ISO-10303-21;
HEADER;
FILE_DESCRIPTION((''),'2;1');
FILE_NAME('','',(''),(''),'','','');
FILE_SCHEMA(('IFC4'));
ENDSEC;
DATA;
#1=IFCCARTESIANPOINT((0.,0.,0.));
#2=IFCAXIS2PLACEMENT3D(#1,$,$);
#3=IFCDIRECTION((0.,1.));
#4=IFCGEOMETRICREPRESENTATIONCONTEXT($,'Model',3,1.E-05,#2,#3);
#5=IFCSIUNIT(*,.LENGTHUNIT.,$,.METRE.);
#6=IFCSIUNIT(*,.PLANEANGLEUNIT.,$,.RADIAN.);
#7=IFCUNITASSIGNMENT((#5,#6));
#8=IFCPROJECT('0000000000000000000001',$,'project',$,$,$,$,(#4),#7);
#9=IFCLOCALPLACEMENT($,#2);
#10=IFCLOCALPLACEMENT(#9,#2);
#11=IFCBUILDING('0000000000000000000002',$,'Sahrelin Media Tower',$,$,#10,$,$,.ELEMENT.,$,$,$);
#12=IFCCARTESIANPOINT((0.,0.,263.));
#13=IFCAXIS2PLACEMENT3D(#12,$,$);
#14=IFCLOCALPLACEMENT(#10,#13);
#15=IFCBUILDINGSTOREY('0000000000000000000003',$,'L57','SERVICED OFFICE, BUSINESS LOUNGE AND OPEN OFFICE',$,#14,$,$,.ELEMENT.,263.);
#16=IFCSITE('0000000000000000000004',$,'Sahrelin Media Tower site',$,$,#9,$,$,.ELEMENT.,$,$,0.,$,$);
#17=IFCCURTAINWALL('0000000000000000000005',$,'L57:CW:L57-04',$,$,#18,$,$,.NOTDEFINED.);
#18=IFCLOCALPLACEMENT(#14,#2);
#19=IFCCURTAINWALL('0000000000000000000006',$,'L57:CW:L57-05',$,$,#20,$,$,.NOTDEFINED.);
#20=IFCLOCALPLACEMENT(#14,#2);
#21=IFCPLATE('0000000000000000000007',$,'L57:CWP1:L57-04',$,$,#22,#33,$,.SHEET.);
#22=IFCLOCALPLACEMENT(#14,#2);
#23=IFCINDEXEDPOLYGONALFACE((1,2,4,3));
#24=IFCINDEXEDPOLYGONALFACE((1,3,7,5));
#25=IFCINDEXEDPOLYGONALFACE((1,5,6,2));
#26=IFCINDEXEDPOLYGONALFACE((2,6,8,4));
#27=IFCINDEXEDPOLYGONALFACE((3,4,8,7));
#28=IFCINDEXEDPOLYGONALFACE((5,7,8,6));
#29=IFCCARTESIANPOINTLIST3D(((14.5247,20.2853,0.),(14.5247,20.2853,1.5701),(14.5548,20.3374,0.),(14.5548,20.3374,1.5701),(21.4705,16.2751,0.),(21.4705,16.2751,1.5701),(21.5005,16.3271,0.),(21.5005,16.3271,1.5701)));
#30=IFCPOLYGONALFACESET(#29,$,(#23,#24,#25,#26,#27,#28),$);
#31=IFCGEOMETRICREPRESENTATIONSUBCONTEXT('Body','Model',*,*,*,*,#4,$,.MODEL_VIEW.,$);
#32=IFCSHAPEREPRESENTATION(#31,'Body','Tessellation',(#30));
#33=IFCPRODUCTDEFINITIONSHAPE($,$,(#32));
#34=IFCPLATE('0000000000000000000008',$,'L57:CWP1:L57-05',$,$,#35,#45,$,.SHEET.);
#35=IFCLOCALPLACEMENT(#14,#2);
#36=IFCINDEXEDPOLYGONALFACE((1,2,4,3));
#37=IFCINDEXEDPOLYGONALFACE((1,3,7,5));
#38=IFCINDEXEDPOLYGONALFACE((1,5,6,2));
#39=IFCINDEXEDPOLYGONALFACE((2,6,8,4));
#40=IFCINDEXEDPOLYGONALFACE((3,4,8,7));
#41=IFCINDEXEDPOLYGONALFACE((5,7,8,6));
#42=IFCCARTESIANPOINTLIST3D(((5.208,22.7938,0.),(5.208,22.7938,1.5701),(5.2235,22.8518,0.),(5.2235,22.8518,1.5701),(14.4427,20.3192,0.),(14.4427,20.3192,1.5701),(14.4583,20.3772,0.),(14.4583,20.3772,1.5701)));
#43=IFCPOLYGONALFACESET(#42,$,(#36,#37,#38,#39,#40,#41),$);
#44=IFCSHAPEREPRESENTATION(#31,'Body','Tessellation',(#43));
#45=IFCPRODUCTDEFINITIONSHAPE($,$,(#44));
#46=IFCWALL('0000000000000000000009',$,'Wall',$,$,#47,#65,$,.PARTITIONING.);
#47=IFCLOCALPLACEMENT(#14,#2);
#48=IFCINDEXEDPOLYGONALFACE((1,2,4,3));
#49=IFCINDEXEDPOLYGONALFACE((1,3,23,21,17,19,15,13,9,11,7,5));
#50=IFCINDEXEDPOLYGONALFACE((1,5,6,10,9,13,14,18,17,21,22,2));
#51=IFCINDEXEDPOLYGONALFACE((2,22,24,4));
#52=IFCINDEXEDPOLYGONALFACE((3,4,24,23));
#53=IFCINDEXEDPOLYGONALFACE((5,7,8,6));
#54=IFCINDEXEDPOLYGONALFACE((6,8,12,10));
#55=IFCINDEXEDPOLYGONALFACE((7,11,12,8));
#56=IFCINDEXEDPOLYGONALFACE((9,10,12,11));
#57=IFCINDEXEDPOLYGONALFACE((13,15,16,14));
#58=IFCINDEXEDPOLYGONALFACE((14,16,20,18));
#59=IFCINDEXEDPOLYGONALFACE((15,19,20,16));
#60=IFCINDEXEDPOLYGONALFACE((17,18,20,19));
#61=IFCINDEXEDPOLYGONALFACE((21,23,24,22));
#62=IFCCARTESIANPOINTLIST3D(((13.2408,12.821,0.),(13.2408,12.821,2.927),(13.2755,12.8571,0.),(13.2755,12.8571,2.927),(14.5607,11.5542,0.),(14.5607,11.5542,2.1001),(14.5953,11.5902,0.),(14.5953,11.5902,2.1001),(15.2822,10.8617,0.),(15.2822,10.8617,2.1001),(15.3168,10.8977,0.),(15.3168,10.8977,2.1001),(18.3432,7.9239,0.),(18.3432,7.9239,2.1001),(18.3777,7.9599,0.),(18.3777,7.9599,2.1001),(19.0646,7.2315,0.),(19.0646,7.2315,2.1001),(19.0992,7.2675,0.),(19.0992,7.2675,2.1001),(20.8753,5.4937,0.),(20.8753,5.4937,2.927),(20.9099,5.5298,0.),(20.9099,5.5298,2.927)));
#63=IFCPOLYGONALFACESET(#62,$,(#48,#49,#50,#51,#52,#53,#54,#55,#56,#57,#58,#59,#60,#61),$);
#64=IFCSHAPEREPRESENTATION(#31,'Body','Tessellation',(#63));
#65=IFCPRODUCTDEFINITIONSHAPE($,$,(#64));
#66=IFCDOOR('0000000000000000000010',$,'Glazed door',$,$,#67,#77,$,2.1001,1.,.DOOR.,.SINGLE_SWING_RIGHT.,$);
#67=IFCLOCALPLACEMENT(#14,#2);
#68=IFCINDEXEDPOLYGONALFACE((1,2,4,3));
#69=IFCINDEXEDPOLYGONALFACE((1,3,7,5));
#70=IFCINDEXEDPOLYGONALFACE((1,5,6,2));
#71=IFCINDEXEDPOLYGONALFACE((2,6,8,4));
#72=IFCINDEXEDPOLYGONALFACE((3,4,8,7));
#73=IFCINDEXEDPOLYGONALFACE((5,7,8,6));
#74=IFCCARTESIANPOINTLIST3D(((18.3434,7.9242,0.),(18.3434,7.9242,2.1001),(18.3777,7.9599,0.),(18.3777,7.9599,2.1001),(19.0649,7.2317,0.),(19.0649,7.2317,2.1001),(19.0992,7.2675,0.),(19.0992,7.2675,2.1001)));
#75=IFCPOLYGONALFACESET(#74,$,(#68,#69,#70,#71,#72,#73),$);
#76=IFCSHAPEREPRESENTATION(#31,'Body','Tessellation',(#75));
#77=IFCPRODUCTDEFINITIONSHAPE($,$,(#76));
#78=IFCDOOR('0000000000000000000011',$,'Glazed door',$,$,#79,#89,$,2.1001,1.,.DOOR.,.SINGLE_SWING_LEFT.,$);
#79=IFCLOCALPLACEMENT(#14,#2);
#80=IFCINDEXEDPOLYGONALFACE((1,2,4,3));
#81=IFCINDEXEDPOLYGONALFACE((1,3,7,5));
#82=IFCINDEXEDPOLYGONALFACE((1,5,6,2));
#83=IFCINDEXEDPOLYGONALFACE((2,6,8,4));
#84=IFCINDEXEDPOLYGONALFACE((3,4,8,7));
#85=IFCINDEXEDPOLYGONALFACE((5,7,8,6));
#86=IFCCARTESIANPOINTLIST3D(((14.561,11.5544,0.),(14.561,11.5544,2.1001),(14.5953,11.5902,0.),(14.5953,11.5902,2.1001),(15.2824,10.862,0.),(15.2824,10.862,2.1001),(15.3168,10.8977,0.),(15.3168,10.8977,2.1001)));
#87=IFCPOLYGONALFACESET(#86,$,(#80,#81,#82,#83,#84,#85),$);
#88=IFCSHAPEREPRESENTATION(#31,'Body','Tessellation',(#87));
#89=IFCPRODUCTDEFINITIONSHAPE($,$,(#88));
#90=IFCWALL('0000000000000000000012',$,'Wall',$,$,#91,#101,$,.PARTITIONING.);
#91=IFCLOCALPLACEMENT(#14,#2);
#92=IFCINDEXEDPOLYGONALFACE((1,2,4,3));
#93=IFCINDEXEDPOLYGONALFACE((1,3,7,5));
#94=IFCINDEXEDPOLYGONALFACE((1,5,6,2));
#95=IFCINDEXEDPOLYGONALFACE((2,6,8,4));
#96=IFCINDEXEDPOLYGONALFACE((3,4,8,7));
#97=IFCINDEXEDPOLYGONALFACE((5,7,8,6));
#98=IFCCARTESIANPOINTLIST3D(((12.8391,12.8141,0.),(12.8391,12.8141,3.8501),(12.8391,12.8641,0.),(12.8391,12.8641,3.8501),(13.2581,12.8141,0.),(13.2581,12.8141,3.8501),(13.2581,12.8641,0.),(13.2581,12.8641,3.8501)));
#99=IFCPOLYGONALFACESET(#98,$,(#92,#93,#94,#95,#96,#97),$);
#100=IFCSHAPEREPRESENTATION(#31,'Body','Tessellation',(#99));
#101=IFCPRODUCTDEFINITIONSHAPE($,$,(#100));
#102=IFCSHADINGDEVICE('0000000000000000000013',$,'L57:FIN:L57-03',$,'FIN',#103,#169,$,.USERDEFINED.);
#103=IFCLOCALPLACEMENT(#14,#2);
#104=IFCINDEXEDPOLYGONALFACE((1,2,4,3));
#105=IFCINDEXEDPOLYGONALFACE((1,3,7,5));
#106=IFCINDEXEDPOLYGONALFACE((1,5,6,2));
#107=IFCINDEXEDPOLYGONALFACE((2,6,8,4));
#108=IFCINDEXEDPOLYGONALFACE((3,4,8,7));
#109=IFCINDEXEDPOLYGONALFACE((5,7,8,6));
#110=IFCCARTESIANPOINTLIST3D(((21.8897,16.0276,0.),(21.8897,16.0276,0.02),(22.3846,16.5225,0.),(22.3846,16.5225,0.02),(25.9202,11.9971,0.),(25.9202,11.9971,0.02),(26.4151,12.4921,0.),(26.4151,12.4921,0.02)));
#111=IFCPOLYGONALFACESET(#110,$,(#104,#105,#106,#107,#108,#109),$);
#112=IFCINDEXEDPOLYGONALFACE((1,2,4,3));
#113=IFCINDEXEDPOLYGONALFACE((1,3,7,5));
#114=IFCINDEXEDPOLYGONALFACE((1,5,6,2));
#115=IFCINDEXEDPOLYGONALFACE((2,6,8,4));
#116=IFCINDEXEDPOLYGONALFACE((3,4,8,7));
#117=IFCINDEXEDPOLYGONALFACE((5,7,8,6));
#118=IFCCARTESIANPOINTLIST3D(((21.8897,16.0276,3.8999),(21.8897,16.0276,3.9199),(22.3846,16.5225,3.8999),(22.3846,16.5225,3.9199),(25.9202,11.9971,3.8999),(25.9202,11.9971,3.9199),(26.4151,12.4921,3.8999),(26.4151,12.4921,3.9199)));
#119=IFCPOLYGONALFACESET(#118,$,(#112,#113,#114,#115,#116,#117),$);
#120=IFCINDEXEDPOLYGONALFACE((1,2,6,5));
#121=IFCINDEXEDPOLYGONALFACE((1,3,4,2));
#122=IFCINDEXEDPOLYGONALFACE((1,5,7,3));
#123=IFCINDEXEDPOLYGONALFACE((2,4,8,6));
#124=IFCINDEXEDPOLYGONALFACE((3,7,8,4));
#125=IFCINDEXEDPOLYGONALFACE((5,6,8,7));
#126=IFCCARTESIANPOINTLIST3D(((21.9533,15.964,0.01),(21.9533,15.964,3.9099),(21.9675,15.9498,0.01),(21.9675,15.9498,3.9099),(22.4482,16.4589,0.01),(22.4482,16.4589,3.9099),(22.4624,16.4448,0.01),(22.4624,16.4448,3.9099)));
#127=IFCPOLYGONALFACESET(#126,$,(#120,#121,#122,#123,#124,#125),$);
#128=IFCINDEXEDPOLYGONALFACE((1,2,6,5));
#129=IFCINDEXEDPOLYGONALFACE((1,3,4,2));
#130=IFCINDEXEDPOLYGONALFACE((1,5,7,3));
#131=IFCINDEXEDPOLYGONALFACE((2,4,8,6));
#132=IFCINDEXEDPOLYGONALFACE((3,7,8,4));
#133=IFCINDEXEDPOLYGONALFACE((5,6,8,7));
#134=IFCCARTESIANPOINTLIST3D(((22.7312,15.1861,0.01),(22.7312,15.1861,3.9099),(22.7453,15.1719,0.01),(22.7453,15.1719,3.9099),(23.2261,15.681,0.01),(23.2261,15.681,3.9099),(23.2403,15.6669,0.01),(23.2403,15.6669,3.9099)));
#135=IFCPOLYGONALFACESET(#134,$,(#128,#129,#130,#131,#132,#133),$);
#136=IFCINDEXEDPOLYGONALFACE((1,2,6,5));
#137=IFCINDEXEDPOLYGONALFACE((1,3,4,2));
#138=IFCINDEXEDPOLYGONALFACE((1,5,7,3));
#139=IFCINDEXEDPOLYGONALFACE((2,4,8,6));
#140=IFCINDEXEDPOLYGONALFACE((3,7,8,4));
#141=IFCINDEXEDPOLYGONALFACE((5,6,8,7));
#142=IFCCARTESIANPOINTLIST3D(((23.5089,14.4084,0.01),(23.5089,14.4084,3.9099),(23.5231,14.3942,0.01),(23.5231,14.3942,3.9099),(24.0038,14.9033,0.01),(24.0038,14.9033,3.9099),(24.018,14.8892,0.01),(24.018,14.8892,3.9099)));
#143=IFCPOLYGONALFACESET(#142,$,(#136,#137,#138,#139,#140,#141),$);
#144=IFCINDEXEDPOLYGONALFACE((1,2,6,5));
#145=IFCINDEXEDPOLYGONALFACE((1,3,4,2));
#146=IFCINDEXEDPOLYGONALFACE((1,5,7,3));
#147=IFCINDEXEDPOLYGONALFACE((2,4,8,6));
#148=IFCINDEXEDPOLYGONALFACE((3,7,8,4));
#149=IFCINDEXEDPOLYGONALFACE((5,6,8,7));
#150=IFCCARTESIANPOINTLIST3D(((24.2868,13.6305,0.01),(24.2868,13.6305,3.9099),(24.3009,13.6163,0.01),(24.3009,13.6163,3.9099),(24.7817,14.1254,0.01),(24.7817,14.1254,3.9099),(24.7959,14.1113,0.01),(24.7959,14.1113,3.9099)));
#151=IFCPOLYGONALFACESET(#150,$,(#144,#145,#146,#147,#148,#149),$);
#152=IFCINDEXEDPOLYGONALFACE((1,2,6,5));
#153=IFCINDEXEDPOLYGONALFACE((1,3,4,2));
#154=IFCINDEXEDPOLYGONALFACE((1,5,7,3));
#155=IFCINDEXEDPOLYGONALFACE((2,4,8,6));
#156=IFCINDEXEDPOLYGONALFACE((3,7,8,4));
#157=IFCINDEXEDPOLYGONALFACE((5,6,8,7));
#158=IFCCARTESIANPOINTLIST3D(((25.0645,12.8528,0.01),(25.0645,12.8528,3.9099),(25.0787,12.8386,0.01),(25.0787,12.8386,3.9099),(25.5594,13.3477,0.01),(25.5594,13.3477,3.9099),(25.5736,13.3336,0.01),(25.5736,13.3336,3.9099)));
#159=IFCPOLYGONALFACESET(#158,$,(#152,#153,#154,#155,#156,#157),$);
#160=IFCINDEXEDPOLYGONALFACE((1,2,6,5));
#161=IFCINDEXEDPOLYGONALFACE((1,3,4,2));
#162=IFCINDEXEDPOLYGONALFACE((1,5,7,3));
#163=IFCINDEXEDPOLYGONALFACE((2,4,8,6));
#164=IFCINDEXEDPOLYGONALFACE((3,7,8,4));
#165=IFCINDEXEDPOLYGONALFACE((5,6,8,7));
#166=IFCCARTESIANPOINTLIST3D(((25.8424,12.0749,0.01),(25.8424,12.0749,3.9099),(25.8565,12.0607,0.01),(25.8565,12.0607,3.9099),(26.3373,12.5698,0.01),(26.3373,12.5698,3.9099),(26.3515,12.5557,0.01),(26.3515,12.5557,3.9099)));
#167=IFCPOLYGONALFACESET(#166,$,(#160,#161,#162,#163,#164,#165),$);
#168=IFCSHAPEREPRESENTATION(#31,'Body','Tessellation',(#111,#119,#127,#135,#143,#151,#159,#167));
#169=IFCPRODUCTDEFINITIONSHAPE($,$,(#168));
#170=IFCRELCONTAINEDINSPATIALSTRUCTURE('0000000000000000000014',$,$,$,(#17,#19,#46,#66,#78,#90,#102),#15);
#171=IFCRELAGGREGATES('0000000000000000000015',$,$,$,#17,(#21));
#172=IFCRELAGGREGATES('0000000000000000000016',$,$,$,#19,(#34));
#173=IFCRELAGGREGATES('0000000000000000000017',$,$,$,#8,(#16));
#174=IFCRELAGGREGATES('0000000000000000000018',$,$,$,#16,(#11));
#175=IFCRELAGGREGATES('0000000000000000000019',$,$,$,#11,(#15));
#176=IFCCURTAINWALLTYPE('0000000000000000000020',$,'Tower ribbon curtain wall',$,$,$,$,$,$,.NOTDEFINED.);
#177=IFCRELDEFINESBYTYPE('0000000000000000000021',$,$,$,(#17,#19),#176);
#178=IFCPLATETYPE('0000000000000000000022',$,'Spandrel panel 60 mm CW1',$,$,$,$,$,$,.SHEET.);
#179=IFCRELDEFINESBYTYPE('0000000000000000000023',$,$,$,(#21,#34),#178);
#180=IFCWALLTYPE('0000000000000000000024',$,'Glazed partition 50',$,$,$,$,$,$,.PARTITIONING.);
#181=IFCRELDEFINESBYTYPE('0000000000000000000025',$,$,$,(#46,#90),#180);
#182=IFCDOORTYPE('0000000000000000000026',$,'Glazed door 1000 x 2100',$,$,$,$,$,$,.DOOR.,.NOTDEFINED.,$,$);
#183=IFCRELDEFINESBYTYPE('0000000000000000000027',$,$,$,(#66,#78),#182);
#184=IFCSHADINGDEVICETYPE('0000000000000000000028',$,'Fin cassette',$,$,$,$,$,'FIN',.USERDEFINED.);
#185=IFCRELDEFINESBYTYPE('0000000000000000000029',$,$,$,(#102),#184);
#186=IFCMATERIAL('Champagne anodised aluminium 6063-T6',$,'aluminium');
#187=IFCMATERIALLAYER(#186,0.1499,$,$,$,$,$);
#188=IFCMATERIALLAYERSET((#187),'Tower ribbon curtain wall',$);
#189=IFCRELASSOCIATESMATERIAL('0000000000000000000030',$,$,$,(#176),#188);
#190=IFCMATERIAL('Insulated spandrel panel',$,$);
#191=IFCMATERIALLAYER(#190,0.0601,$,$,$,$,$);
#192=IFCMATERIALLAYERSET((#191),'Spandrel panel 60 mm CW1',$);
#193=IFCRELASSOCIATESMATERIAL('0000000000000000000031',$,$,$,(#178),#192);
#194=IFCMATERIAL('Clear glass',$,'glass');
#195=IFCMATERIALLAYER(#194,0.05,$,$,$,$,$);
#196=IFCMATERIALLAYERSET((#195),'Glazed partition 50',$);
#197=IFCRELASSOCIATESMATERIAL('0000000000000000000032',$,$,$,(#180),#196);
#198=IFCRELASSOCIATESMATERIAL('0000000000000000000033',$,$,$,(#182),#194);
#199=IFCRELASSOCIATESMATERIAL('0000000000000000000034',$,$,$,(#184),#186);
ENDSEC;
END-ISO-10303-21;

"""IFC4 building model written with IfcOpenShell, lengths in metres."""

from ifc_helpers import new_model, si_unit, direction, frame, frame_2d, origin, origin_2d, place, context, subcontext, project, spatial, polyline, rectangle, outline, extrude, material, layer, layer_set, type_object, element, fill, aggregate, save


model = new_model("IFC4")

# Units and contexts
model_context = context("Model", 3, precision=1e-05, world=origin(), true_north=direction((0.0, 1.0)))
body_context = subcontext(model_context, "Body", "Model", "MODEL_VIEW")
ifc_project = project(units=[si_unit("LENGTHUNIT", "METRE"), si_unit("PLANEANGLEUNIT", "RADIAN")], contexts=[model_context])

# Site, building, storey
site_placement = place(None, origin())
site = spatial("IfcSite", under=ifc_project, at=site_placement, Name="Sahrelin Media Tower site", CompositionType="ELEMENT", RefElevation=0.0)
building_placement = place(site_placement, origin())
building = spatial("IfcBuilding", under=site, at=building_placement, Name="Sahrelin Media Tower", CompositionType="ELEMENT")
storey_placement = place(building_placement, frame((0.0, 0.0, 263.0)))
storey = spatial("IfcBuildingStorey", under=building, at=storey_placement, Name="L57", Description="SERVICED OFFICE, BUSINESS LOUNGE AND OPEN OFFICE", CompositionType="ELEMENT", Elevation=263.0)

# Curtain wall
ifc_material_1 = material(Name="Champagne anodised aluminium 6063-T6", Category="aluminium")
ifc_layer_1 = layer(ifc_material_1, 0.1499)
ifc_layer_set_1 = layer_set([ifc_layer_1], Name="Tower ribbon curtain wall")
curtain_wall_type = type_object("IfcCurtainWallType", Name="Tower ribbon curtain wall", PredefinedType="NOTDEFINED", material=ifc_layer_set_1)
curtain_wall_1_placement = place(storey_placement, frame((18.0176, 18.3149, 0.0), z_axis=(0.0, 0.0, 1.0), x_axis=(1.0, 0.0, 0.0)))
curtain_wall_1 = element("IfcCurtainWall", 1, at=curtain_wall_1_placement, inside=storey, type_object=curtain_wall_type, Name="L57:CW:L57-04", PredefinedType="NOTDEFINED")

# Curtain wall
curtain_wall_2_placement = place(storey_placement, frame((9.8357, 21.5952, 0.0), z_axis=(0.0, 0.0, 1.0), x_axis=(1.0, 0.0, 0.0)))
curtain_wall_2 = element("IfcCurtainWall", 2, at=curtain_wall_2_placement, inside=storey, type_object=curtain_wall_type, Name="L57:CW:L57-05", PredefinedType="NOTDEFINED")

# Plates
ifc_material_2 = material(Name="Insulated spandrel panel")
ifc_layer_2 = layer(ifc_material_2, 0.0601)
ifc_layer_set_2 = layer_set([ifc_layer_2], Name="Spandrel panel 60 mm CW1")
plate_type_1 = type_object("IfcPlateType", Name="Spandrel panel 60 mm CW1", PredefinedType="SHEET", material=ifc_layer_set_2)
plate_1_placement = place(storey_placement, frame((21.5005, 16.3271, 0.0), z_axis=(0.500009, 0.86602, 0.0), x_axis=(-0.86602, 0.500009, 0.0)))
plate_1 = element("IfcPlate", 3, at=plate_1_placement, type_object=plate_type_1, Name="L57:CWP1:L57-04", PredefinedType="SHEET", context=body_context, shape_type="SweptSolid", body=[
    extrude(outline(polyline([(0.0, 0.0), (8.0203, 0.0), (8.0203, 1.5701), (0.0, 1.5701), (0.0, 0.0)])), origin(), (0.0, 0.0, -1.0), 0.0601),
])
aggregate(curtain_wall_1, [plate_1])
plate_2_placement = place(storey_placement, frame((14.4583, 20.3772, 0.0), z_axis=(0.258839, 0.965921, 0.0), x_axis=(-0.965921, 0.258839, 0.0)))
plate_2 = element("IfcPlate", 4, at=plate_2_placement, type_object=plate_type_1, Name="L57:CWP1:L57-05", PredefinedType="SHEET", context=body_context, shape_type="SweptSolid", body=[
    extrude(outline(polyline([(0.0, 0.0), (9.5605, 0.0), (9.5605, 1.5701), (0.0, 1.5701), (0.0, 0.0)])), origin(), (0.0, 0.0, -1.0), 0.0601),
])
aggregate(curtain_wall_2, [plate_2])

# Wall, openings, doors
ifc_material_3 = material(Name="Clear glass", Category="glass")
ifc_layer_3 = layer(ifc_material_3, 0.05)
ifc_layer_set_3 = layer_set([ifc_layer_3], Name="Glazed partition 50")
wall_type = type_object("IfcWallType", Name="Glazed partition 50", PredefinedType="PARTITIONING", material=ifc_layer_set_3)
wall_1_placement = place(storey_placement, frame((13.2581, 12.8391, 0.0), z_axis=(0.0, 0.0, 1.0), x_axis=(0.72147, -0.692446, 0.0)))
wall_1 = element("IfcWall", 5, at=wall_1_placement, inside=storey, type_object=wall_type, Name="Wall", PredefinedType="PARTITIONING", context=body_context, shape_type="SweptSolid", body=[
    extrude(rectangle(XDim=10.5818, YDim=0.05, at=frame_2d((5.291, 0.0))), origin(), (0.0, 0.0, 1.0), 2.927),
])
opening_1_placement = place(wall_1_placement, frame((7.0723, 0.0, 0.0)))
opening_1 = element("IfcOpeningElement", 6, at=opening_1_placement, cuts=wall_1, PredefinedType="OPENING", context=body_context, shape_type="SweptSolid", body=[
    extrude(rectangle(XDim=1.0, YDim=2.1001, at=frame_2d((0.5, 1.05))), frame((0.0, 0.0249, 0.0), z_axis=(0.0, -1.0, 0.0), x_axis=(1.0, 0.0, 0.0)), (0.0, 0.0, 1.0), 0.05),
])
opening_2_placement = place(wall_1_placement, frame((1.8296, 0.0, 0.0)))
opening_2 = element("IfcOpeningElement", 7, at=opening_2_placement, cuts=wall_1, PredefinedType="OPENING", context=body_context, shape_type="SweptSolid", body=[
    extrude(rectangle(XDim=1.0, YDim=2.1001, at=frame_2d((0.5, 1.05))), frame((0.0, 0.0249, 0.0), z_axis=(0.0, -1.0, 0.0), x_axis=(1.0, 0.0, 0.0)), (0.0, 0.0, 1.0), 0.05),
])
door_type = type_object("IfcDoorType", Name="Glazed door 1000 x 2100", OperationType="NOTDEFINED", PredefinedType="DOOR", material=ifc_material_3)
door_1_placement = place(opening_1_placement, origin())
door_1 = element("IfcDoor", 8, at=door_1_placement, inside=storey, type_object=door_type, Name="Glazed door", OperationType="SINGLE_SWING_RIGHT", OverallHeight=2.1001, OverallWidth=1.0, PredefinedType="DOOR", context=body_context, shape_type="SweptSolid", body=[
    extrude(rectangle(XDim=1.0, YDim=2.1001, at=frame_2d((0.5, 1.05))), frame((0.0, 0.0249, 0.0), z_axis=(0.0, -1.0, 0.0), x_axis=(1.0, 0.0, 0.0)), (0.0, 0.0, 1.0), 0.0496),
])
fill(opening_1, door_1)
door_2_placement = place(opening_2_placement, origin())
door_2 = element("IfcDoor", 9, at=door_2_placement, inside=storey, type_object=door_type, Name="Glazed door", OperationType="SINGLE_SWING_LEFT", OverallHeight=2.1001, OverallWidth=1.0, PredefinedType="DOOR", context=body_context, shape_type="SweptSolid", body=[
    extrude(rectangle(XDim=1.0, YDim=2.1001, at=frame_2d((0.5, 1.05))), frame((0.0, 0.0249, 0.0), z_axis=(0.0, -1.0, 0.0), x_axis=(1.0, 0.0, 0.0)), (0.0, 0.0, 1.0), 0.0496),
])
fill(opening_2, door_2)

# Wall
wall_2_placement = place(storey_placement, frame((12.8391, 12.8391, 0.0), z_axis=(0.0, 0.0, 1.0), x_axis=(1.0, 0.0, 0.0)))
element("IfcWall", 10, at=wall_2_placement, inside=storey, type_object=wall_type, Name="Wall", PredefinedType="PARTITIONING", context=body_context, shape_type="SweptSolid", body=[
    extrude(rectangle(XDim=0.4189, YDim=0.05, at=frame_2d((0.2095, 0.0))), origin(), (0.0, 0.0, 1.0), 3.8501),
])

# Shading device
shading_device_type_1 = type_object("IfcShadingDeviceType", Name="Fin cassette", ElementType="FIN", PredefinedType="USERDEFINED", material=ifc_material_1)
placement_1 = place(storey_placement, frame((23.8555, 13.9629, 0.0), z_axis=(0.0, 0.0, 1.0), x_axis=(0.707107, -0.707107, 0.0)))
element("IfcShadingDevice", 11, at=placement_1, inside=storey, type_object=shading_device_type_1, Name="L57:FIN:L57-03", ObjectType="FIN", PredefinedType="USERDEFINED", context=body_context, shape_type="SweptSolid", body=[
    extrude(rectangle(XDim=5.7, YDim=0.7, at=origin_2d()), frame((0.0, 0.4199, 0.0)), (0.0, 0.0, 1.0), 0.02),
    extrude(rectangle(XDim=5.7, YDim=0.7, at=origin_2d()), frame((0.0, 0.4199, 3.8999)), (0.0, 0.0, 1.0), 0.02),
    extrude(rectangle(XDim=0.02, YDim=0.7, at=origin_2d()), frame((-2.75, 0.4199, 0.01), z_axis=(0.0, 0.0, 1.0), x_axis=(1.0, 0.0, 0.0)), (0.0, 0.0, 1.0), 3.8999),
    extrude(rectangle(XDim=0.02, YDim=0.7, at=origin_2d()), frame((-1.6499, 0.4199, 0.01), z_axis=(0.0, 0.0, 1.0), x_axis=(1.0, 0.0, 0.0)), (0.0, 0.0, 1.0), 3.8999),
    extrude(rectangle(XDim=0.02, YDim=0.7, at=origin_2d()), frame((-0.55, 0.4199, 0.01), z_axis=(0.0, 0.0, 1.0), x_axis=(1.0, 0.0, 0.0)), (0.0, 0.0, 1.0), 3.8999),
    extrude(rectangle(XDim=0.02, YDim=0.7, at=origin_2d()), frame((0.55, 0.4199, 0.01), z_axis=(0.0, 0.0, 1.0), x_axis=(1.0, 0.0, 0.0)), (0.0, 0.0, 1.0), 3.8999),
    extrude(rectangle(XDim=0.02, YDim=0.7, at=origin_2d()), frame((1.6499, 0.4199, 0.01), z_axis=(0.0, 0.0, 1.0), x_axis=(1.0, 0.0, 0.0)), (0.0, 0.0, 1.0), 3.8999),
    extrude(rectangle(XDim=0.02, YDim=0.7, at=origin_2d()), frame((2.75, 0.4199, 0.01), z_axis=(0.0, 0.0, 1.0), x_axis=(1.0, 0.0, 0.0)), (0.0, 0.0, 1.0), 3.8999),
])

save(model, "model.ifc")
